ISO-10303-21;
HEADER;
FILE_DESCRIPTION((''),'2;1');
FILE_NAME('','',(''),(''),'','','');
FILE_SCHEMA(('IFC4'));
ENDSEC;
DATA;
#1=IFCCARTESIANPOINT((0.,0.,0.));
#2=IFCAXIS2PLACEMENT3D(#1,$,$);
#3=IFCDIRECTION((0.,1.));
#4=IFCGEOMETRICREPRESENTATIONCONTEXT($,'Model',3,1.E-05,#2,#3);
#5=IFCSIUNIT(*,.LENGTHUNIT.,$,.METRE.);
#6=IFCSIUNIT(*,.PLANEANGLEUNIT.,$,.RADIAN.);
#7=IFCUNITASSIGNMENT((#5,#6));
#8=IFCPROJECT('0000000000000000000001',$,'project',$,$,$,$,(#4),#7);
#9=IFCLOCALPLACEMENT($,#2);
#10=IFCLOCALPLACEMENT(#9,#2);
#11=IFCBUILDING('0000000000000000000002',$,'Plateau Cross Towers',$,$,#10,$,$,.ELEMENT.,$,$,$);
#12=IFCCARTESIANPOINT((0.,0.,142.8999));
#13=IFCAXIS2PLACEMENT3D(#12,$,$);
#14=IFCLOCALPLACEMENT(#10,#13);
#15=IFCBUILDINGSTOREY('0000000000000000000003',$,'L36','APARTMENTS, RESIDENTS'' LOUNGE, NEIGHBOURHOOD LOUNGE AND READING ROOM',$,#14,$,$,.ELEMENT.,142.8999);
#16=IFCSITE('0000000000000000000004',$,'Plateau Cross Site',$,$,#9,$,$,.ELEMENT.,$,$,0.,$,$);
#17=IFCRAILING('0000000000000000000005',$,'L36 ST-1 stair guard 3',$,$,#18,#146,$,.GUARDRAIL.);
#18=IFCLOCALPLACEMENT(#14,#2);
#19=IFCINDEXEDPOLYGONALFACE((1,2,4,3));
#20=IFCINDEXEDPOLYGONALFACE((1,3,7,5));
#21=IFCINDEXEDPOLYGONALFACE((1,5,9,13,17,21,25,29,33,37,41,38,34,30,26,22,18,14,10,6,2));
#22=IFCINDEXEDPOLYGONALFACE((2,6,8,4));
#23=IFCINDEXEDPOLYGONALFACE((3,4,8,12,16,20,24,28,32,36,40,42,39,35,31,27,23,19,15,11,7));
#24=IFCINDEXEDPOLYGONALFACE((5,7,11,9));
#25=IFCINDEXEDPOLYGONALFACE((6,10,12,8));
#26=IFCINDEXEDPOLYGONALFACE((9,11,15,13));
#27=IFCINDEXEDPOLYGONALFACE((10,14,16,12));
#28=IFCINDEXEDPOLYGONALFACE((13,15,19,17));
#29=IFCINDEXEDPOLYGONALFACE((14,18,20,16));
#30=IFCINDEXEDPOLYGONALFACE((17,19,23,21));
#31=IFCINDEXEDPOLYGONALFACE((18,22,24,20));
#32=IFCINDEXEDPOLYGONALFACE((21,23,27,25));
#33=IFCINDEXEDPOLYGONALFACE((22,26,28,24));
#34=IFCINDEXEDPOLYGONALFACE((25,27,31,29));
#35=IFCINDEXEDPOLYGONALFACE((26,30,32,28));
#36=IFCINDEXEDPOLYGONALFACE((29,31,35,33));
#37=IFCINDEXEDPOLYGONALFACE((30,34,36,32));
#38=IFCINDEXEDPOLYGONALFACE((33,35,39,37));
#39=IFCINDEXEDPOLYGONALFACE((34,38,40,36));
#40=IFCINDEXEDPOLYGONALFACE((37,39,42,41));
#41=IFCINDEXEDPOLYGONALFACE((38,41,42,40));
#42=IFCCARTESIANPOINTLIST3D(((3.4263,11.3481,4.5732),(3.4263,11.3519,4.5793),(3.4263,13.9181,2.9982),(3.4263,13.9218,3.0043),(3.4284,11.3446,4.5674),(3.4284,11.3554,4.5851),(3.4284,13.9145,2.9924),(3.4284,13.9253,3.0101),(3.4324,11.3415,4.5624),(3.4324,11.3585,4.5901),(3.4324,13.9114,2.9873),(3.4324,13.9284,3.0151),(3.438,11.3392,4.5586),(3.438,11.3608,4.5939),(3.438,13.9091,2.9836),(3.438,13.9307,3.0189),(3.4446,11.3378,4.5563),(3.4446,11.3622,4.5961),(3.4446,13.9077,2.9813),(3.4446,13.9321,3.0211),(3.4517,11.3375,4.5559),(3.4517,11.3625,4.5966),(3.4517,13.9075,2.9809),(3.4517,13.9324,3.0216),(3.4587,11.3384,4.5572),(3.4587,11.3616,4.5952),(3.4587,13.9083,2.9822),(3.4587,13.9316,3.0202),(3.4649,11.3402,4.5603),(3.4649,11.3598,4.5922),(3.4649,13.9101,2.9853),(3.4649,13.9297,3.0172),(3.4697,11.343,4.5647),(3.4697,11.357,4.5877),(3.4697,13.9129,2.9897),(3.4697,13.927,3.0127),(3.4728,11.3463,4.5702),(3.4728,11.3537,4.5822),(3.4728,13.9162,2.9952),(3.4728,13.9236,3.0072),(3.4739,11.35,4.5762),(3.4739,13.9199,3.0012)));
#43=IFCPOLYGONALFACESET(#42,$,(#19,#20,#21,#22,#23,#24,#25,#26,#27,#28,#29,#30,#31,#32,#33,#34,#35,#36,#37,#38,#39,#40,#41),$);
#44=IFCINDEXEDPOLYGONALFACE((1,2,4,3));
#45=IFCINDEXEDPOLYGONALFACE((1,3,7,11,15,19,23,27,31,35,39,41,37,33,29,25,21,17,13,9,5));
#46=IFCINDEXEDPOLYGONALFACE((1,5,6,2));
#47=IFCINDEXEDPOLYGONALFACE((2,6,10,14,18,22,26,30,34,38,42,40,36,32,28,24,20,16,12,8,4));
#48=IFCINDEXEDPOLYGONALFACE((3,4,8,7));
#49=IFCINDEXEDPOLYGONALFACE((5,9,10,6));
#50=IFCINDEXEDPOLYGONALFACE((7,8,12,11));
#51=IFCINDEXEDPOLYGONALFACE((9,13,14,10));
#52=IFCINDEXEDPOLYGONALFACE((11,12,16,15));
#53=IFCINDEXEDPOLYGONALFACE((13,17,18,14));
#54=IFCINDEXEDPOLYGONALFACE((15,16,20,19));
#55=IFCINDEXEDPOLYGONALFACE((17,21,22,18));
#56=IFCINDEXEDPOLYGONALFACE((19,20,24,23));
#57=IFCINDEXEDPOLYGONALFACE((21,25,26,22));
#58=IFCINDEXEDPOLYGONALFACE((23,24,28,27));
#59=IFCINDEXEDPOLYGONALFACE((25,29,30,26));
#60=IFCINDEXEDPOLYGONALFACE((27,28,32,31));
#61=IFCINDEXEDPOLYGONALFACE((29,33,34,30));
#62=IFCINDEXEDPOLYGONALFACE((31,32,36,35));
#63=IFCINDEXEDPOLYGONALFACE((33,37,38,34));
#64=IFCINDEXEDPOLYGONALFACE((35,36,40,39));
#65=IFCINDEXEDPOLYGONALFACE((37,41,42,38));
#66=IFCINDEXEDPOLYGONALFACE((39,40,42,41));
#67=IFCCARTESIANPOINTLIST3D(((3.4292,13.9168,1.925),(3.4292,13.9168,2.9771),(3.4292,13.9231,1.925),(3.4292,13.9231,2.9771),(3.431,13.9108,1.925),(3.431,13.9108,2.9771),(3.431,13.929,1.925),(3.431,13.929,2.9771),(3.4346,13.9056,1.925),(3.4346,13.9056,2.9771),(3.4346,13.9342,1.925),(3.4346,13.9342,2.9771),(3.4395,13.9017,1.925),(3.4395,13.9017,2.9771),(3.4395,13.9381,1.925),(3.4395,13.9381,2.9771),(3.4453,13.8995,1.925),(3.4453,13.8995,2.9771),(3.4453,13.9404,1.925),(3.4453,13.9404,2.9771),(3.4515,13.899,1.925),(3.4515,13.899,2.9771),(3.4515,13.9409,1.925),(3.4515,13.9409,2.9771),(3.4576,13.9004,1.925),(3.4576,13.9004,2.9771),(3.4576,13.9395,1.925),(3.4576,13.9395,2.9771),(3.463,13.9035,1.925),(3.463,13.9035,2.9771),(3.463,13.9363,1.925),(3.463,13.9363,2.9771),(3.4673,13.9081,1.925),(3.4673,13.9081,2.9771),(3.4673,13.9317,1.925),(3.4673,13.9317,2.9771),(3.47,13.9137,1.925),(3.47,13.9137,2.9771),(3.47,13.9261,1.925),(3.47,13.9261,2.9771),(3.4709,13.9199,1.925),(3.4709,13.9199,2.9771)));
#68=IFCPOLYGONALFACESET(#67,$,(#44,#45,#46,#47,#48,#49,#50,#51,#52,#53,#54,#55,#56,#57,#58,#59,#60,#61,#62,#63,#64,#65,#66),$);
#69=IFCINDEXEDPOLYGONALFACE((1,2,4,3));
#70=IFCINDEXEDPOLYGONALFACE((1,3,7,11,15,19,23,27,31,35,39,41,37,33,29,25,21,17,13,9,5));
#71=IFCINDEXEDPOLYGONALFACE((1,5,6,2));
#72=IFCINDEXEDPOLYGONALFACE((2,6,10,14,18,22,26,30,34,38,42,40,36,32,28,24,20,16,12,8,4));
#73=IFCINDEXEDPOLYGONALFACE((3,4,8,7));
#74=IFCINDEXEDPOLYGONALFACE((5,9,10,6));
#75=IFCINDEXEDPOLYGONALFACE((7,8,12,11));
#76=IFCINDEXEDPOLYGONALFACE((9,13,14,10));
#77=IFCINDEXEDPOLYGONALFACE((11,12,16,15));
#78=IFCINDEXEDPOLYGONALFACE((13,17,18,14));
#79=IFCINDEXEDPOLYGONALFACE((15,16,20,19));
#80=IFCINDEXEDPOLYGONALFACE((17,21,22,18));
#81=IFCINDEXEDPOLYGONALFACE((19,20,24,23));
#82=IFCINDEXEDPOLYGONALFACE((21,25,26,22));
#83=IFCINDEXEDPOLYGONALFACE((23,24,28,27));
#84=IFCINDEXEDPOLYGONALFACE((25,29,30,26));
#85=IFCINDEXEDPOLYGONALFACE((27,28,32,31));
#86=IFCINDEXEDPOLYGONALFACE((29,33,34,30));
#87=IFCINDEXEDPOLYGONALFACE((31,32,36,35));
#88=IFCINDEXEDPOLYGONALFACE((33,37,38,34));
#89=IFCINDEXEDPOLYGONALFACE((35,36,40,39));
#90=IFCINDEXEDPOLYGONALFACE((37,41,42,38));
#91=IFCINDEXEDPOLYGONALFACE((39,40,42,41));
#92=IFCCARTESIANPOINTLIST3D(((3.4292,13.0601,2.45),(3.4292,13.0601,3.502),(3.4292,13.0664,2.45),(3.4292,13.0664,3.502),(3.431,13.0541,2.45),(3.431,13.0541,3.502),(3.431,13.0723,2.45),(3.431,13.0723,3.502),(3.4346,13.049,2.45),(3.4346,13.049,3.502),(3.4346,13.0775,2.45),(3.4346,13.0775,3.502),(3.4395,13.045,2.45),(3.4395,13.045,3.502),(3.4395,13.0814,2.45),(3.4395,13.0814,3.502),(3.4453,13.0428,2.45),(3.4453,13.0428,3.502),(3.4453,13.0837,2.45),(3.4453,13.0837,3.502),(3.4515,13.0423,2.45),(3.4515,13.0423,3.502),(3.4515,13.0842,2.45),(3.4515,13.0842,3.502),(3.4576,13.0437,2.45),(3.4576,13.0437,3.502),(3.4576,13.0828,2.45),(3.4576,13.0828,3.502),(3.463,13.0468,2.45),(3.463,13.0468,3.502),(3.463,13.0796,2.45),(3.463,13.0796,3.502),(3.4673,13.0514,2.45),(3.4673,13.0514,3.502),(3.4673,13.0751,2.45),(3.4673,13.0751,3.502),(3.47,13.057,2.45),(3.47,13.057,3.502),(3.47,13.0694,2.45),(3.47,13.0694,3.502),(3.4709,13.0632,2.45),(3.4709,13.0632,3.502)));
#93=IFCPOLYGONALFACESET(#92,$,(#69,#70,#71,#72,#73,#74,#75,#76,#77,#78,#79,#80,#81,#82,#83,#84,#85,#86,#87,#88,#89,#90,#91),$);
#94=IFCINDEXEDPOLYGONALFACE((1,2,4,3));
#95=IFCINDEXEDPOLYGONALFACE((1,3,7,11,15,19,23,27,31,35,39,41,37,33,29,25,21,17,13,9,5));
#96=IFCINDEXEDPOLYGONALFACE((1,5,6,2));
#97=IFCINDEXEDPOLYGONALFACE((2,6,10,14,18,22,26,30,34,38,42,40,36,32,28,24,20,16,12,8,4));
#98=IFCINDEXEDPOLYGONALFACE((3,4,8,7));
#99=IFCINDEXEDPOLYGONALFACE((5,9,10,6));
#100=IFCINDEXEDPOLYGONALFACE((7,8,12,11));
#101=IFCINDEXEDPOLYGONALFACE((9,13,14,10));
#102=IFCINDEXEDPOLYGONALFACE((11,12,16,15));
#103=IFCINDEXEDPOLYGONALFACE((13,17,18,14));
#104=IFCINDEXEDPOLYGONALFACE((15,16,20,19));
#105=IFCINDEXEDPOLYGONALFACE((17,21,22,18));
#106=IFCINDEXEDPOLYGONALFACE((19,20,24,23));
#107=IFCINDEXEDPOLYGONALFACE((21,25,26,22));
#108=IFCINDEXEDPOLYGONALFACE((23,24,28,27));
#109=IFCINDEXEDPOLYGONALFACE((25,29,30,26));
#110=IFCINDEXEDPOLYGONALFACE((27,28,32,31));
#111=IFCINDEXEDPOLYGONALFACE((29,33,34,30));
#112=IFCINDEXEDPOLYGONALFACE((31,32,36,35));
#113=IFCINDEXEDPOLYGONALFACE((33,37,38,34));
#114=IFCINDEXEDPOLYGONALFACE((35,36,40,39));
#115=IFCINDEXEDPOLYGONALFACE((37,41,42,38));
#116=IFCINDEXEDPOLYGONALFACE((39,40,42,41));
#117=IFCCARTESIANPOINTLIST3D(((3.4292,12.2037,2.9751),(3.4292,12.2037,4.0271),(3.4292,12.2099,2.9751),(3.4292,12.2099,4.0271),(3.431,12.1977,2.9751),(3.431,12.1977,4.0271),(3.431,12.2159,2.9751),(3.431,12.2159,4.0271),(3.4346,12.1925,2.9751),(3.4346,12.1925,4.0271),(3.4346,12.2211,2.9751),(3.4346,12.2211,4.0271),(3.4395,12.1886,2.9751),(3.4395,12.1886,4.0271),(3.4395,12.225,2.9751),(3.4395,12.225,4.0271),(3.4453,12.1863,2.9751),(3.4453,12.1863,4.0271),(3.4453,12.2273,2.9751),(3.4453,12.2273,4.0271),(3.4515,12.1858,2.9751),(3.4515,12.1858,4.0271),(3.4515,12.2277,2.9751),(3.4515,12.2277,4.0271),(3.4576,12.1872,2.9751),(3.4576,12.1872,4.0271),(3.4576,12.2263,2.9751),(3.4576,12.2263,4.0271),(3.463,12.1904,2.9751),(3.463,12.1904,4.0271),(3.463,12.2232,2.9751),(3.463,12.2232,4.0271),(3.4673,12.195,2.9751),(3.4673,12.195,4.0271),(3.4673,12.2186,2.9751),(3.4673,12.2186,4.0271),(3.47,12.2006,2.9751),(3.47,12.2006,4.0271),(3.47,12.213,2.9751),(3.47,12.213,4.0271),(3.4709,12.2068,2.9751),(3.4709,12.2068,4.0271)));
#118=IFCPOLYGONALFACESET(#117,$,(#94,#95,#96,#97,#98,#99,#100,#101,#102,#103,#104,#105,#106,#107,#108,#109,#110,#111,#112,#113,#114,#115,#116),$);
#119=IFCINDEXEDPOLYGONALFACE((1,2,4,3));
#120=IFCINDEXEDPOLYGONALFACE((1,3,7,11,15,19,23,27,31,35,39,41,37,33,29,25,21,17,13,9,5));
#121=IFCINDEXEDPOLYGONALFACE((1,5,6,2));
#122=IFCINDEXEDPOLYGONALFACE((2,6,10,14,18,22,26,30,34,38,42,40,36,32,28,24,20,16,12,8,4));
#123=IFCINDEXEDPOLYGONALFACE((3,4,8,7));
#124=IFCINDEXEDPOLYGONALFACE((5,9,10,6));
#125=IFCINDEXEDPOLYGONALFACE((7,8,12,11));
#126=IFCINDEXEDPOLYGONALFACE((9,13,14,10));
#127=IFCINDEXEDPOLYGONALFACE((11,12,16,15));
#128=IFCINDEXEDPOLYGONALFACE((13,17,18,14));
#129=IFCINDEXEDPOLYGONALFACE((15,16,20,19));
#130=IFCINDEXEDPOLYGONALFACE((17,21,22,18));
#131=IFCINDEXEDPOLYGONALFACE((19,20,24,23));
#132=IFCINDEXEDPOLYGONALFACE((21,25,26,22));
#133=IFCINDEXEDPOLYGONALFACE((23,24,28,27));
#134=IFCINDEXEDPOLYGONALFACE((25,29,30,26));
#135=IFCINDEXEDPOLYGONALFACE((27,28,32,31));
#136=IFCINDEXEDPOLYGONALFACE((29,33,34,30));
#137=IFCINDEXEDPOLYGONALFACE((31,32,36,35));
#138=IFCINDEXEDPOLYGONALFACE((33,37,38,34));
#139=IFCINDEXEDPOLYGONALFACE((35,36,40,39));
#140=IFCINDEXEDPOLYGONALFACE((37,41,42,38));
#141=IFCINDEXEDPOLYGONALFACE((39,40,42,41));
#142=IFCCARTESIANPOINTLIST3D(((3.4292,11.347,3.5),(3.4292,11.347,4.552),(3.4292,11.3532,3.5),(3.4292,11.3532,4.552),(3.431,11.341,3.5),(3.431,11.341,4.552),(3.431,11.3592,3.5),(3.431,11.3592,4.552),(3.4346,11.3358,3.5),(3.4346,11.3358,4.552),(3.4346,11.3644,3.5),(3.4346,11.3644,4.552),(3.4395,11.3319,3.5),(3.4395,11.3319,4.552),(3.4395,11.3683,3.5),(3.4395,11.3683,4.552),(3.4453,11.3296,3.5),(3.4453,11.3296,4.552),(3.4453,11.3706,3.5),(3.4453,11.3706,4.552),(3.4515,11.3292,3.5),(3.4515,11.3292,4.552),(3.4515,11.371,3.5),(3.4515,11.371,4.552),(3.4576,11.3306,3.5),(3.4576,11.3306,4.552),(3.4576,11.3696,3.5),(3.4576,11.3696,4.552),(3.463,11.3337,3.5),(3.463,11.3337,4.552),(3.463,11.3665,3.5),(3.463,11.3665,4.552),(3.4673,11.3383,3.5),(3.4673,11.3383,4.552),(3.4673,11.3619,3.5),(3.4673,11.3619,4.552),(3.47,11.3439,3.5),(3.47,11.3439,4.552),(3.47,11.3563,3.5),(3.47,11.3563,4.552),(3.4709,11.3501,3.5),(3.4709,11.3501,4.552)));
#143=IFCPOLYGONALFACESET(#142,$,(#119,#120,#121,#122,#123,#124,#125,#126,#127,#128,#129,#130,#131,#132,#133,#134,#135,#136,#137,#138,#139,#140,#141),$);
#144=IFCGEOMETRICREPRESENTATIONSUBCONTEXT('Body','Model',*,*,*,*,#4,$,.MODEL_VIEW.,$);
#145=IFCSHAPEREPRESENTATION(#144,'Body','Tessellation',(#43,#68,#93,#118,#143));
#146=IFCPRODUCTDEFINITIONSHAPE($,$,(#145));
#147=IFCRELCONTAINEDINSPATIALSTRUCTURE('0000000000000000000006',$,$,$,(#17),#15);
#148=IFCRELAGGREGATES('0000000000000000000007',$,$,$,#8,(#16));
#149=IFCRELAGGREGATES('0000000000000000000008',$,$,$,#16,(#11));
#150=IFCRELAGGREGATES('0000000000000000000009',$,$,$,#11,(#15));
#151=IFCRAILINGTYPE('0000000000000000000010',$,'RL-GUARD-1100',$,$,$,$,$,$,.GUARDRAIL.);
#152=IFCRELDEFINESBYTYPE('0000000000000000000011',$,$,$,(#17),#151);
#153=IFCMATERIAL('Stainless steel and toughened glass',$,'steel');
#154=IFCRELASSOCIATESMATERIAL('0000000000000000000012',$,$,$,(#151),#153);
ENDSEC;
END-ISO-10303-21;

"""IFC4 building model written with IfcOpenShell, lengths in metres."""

from ifc_helpers import new_model, si_unit, direction, frame, origin, origin_2d, place, context, subcontext, project, spatial, circle, extrude, material, type_object, element, save


model = new_model("IFC4")

# Units and contexts
model_context = context("Model", 3, precision=1e-05, world=origin(), true_north=direction((0.0, 1.0)))
body_context = subcontext(model_context, "Body", "Model", "MODEL_VIEW")
ifc_project = project(units=[si_unit("LENGTHUNIT", "METRE"), si_unit("PLANEANGLEUNIT", "RADIAN")], contexts=[model_context])

# Site, building, storey
site_placement = place(None, origin())
site = spatial("IfcSite", under=ifc_project, at=site_placement, Name="Plateau Cross Site", CompositionType="ELEMENT", RefElevation=0.0)
building_placement = place(site_placement, origin())
building = spatial("IfcBuilding", under=site, at=building_placement, Name="Plateau Cross Towers", CompositionType="ELEMENT")
storey_placement = place(building_placement, frame((0.0, 0.0, 142.8999)))
storey = spatial("IfcBuildingStorey", under=building, at=storey_placement, Name="L36", Description="APARTMENTS, RESIDENTS' LOUNGE, NEIGHBOURHOOD LOUNGE AND READING ROOM", CompositionType="ELEMENT", Elevation=142.8999)

# Railing
ifc_material_1 = material(Name="Stainless steel and toughened glass", Category="steel")
railing_type = type_object("IfcRailingType", Name="RL-GUARD-1100", PredefinedType="GUARDRAIL", material=ifc_material_1)
railing_1_placement = place(storey_placement, frame((3.45, 13.9199, 1.925)))
element("IfcRailing", 1, at=railing_1_placement, inside=storey, type_object=railing_type, Name="L36 ST-1 stair guard 3", PredefinedType="GUARDRAIL", context=body_context, shape_type="SweptSolid", body=[
    extrude(circle(Radius=0.0239, at=origin_2d()), frame((0.0, 0.0, 1.0762), z_axis=(0.0, -0.852616, 0.522537), x_axis=(1.0, 0.0, 0.0)), (0.0, 0.0, 1.0), 3.0142),
    extrude(circle(Radius=0.021, at=origin_2d()), origin(), (0.0, 0.0, 1.0), 1.052),
    extrude(circle(Radius=0.021, at=origin_2d()), frame((0.0, -0.8567, 0.5249)), (0.0, 0.0, 1.0), 1.052),
    extrude(circle(Radius=0.021, at=origin_2d()), frame((0.0, -1.7131, 1.05)), (0.0, 0.0, 1.0), 1.052),
    extrude(circle(Radius=0.021, at=origin_2d()), frame((0.0, -2.5698, 1.575)), (0.0, 0.0, 1.0), 1.052),
])

save(model, "model.ifc")
